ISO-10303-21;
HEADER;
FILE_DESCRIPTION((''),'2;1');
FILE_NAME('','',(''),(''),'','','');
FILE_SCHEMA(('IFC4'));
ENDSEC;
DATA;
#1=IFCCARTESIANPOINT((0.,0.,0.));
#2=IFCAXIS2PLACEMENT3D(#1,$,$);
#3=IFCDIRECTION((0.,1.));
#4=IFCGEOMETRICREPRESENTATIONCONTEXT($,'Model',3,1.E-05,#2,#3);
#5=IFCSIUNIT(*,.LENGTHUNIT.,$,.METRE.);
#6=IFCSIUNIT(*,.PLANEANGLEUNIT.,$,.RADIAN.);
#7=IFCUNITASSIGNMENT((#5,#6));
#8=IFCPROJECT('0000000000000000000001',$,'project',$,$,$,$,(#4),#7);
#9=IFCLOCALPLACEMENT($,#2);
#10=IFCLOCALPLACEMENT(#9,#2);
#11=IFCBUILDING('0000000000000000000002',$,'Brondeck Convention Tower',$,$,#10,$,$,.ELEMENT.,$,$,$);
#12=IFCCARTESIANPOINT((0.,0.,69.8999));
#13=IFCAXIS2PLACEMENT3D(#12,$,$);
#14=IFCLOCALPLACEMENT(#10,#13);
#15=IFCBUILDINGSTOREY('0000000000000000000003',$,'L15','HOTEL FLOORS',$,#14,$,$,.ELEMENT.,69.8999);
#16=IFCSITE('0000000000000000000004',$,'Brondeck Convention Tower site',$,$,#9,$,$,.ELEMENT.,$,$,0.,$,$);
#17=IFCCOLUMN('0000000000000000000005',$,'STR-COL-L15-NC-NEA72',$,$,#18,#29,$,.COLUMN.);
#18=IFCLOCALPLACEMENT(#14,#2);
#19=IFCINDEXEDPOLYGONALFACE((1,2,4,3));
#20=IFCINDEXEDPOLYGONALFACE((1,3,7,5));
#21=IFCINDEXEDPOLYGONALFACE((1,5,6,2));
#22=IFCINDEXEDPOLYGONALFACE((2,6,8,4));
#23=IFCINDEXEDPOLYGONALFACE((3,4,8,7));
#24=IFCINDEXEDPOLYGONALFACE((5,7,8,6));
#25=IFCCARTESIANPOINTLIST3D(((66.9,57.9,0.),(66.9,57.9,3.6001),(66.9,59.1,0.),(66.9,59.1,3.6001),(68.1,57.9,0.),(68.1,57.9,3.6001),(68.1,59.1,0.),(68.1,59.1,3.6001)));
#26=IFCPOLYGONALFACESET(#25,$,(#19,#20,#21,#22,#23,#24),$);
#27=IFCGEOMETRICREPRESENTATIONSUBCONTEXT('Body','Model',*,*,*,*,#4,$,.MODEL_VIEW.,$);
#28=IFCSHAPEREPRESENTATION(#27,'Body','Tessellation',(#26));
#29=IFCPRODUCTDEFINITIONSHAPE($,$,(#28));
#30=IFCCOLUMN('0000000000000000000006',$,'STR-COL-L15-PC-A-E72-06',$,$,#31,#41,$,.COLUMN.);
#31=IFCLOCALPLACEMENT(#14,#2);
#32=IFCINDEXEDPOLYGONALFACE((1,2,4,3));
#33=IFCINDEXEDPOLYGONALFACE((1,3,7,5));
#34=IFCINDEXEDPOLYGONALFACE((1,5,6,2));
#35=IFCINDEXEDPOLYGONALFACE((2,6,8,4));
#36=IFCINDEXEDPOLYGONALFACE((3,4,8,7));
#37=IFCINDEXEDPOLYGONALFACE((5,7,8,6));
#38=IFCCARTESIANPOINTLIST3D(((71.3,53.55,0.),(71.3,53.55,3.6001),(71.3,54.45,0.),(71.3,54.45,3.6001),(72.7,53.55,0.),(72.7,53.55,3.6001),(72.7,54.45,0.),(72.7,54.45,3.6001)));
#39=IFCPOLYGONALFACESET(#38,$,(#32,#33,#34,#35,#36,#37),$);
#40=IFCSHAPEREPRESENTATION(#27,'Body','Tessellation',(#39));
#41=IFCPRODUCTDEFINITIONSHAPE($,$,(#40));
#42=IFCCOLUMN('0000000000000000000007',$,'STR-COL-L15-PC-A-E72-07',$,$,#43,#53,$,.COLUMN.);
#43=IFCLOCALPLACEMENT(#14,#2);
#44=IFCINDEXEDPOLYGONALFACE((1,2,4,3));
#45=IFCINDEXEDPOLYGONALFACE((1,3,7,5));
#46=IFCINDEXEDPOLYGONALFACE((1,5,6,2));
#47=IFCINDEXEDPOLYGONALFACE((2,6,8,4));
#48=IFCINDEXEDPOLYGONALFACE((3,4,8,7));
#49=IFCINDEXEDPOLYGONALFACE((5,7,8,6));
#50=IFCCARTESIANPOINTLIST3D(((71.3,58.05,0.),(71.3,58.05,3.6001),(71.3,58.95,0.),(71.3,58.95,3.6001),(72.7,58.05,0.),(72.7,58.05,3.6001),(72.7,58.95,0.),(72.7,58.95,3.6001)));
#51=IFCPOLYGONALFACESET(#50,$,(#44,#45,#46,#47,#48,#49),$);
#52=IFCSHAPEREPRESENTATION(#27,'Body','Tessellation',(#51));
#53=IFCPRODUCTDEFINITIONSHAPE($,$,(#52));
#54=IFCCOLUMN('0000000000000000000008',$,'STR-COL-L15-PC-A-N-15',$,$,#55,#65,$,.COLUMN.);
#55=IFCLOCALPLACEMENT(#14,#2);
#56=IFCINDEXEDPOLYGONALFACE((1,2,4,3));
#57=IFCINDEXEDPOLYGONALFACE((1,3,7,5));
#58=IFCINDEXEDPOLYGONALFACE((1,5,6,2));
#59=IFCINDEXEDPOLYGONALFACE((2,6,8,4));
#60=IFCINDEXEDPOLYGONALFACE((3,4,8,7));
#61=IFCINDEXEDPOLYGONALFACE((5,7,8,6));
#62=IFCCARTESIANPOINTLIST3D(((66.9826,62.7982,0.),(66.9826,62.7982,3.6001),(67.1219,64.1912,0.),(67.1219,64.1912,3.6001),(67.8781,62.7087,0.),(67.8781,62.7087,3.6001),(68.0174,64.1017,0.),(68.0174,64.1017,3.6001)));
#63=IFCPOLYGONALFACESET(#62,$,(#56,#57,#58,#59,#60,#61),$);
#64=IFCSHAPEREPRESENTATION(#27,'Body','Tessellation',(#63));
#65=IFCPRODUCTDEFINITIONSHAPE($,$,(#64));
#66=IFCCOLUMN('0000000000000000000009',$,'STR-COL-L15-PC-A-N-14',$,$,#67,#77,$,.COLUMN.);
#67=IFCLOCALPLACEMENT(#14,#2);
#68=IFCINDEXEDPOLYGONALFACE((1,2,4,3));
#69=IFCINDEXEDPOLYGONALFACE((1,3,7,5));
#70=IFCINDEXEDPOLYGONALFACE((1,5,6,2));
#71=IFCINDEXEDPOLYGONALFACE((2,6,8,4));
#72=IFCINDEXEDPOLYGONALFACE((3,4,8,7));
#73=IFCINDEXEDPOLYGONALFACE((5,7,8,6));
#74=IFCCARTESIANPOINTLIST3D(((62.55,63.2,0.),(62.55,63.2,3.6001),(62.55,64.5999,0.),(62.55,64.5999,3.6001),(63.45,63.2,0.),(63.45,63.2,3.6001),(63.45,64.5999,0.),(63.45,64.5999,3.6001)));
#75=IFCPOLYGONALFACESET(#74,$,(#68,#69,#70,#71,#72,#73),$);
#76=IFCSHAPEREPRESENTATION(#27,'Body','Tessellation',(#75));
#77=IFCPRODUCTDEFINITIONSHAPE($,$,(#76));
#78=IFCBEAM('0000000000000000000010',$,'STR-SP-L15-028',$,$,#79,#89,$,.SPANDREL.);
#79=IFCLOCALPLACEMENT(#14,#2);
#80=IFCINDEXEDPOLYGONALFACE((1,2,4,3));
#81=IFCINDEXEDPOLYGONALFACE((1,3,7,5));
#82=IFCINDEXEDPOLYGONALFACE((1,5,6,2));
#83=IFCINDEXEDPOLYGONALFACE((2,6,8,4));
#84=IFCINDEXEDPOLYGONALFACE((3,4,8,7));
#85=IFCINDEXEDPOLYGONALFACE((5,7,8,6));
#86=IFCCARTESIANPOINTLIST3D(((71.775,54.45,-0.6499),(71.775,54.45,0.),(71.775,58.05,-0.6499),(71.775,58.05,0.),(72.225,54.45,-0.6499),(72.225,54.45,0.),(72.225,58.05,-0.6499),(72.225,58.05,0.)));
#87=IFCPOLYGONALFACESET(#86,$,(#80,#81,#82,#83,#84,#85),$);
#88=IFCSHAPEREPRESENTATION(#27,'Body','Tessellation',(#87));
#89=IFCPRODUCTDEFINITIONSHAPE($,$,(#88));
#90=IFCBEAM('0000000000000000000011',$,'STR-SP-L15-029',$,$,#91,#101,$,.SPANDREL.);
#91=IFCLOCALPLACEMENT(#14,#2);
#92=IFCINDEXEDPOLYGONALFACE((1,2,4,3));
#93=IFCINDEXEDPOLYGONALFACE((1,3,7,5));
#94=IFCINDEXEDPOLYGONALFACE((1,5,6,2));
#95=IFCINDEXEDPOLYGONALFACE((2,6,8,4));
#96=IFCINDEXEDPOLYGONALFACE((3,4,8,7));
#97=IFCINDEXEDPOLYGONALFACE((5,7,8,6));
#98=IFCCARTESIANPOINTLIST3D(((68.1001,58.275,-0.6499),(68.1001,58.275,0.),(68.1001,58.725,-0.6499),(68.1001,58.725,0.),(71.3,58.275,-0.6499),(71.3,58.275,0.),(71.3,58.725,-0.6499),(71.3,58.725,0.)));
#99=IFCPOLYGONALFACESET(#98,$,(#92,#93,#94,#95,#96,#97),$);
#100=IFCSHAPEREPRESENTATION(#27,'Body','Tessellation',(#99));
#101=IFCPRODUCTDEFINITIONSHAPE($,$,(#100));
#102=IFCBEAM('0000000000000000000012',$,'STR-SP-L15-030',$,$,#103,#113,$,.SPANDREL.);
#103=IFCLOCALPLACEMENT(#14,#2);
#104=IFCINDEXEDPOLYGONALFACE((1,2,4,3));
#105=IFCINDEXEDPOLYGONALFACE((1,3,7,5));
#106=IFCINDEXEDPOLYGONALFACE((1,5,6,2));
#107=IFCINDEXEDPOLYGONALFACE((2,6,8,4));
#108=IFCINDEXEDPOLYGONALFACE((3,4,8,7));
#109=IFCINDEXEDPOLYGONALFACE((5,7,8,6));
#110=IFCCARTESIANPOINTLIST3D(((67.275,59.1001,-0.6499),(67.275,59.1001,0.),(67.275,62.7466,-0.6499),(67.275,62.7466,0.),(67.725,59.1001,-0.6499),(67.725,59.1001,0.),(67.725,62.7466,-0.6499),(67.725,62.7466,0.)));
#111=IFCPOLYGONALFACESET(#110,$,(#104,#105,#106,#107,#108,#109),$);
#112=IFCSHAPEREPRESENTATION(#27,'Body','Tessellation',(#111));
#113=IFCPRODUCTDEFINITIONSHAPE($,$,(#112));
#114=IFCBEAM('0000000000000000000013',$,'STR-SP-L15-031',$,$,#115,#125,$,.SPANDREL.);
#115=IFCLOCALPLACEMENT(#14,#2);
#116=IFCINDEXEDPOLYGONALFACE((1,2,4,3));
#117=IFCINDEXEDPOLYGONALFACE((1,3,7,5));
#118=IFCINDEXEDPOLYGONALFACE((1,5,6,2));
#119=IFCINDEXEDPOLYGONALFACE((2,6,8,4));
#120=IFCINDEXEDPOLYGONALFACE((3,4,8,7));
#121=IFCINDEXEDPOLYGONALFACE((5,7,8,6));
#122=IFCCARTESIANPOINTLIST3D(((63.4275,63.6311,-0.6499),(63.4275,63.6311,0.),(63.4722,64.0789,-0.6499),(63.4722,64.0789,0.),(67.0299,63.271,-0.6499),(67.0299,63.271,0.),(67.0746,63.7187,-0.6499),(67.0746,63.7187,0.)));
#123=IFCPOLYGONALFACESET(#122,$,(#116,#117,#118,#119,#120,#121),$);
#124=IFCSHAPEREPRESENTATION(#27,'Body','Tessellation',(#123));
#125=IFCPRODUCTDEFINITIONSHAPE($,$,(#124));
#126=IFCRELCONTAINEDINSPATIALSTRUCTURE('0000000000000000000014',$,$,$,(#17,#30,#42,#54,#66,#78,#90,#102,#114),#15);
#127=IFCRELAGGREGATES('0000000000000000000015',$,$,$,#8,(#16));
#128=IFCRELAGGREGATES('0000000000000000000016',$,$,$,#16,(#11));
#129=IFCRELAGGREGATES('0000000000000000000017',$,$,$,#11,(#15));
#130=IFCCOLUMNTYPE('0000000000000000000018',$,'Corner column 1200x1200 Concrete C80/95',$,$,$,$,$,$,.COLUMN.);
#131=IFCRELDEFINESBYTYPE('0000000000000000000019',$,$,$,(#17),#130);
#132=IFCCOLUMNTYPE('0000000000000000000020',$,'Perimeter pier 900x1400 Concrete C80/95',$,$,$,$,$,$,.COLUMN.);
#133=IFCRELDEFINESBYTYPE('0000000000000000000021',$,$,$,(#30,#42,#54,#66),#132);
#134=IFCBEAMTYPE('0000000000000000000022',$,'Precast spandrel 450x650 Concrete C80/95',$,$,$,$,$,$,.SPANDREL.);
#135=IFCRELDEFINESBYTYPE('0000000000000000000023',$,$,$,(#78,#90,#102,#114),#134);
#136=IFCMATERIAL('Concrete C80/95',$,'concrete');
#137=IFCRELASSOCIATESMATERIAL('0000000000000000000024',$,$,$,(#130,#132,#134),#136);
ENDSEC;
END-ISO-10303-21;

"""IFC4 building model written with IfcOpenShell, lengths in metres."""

from ifc_helpers import new_model, si_unit, direction, frame, origin, origin_2d, place, context, subcontext, project, spatial, rectangle, extrude, material, material_profile, profile_set, type_object, element, save


model = new_model("IFC4")

# Units and contexts
model_context = context("Model", 3, precision=1e-05, world=origin(), true_north=direction((0.0, 1.0)))
body_context = subcontext(model_context, "Body", "Model", "MODEL_VIEW")
ifc_project = project(units=[si_unit("LENGTHUNIT", "METRE"), si_unit("PLANEANGLEUNIT", "RADIAN")], contexts=[model_context])

# Site, building, storey
site_placement = place(None, origin())
site = spatial("IfcSite", under=ifc_project, at=site_placement, Name="Brondeck Convention Tower site", CompositionType="ELEMENT", RefElevation=0.0)
building_placement = place(site_placement, origin())
building = spatial("IfcBuilding", under=site, at=building_placement, Name="Brondeck Convention Tower", CompositionType="ELEMENT")
storey_placement = place(building_placement, frame((0.0, 0.0, 69.8999)))
storey = spatial("IfcBuildingStorey", under=building, at=storey_placement, Name="L15", Description="HOTEL FLOORS", CompositionType="ELEMENT", Elevation=69.8999)

# Columns
ifc_material_1 = material(Name="Concrete C80/95", Category="concrete")
ifc_material_profile_1 = material_profile(ifc_material_1, rectangle(XDim=1.2, YDim=1.2, at=origin_2d()), Name="Corner column 1200x1200 Concrete C80/95")
ifc_profile_set_1 = profile_set([ifc_material_profile_1], Name="Concrete C80/95")
column_type_1 = type_object("IfcColumnType", Name="Corner column 1200x1200 Concrete C80/95", PredefinedType="COLUMN", material=ifc_profile_set_1)
column_placement = place(storey_placement, frame((67.5, 58.5, 0.0), z_axis=(0.0, 0.0, 1.0), x_axis=(1.0, 0.0, 0.0)))
element("IfcColumn", 1, at=column_placement, inside=storey, type_object=column_type_1, Name="STR-COL-L15-NC-NEA72", PredefinedType="COLUMN", context=body_context, shape_type="SweptSolid", body=[
    extrude(rectangle(XDim=1.2, YDim=1.2, at=origin_2d()), origin(), (0.0, 0.0, 1.0), 3.6001),
])
ifc_material_profile_2 = material_profile(ifc_material_1, rectangle(XDim=0.8999, YDim=1.3999, at=origin_2d()), Name="Perimeter pier 900x1400 Concrete C80/95")
ifc_profile_set_2 = profile_set([ifc_material_profile_2], Name="Concrete C80/95")
column_type_2 = type_object("IfcColumnType", Name="Perimeter pier 900x1400 Concrete C80/95", PredefinedType="COLUMN", material=ifc_profile_set_2)
for number, where, z_axis, x_axis, name in (
    (2, (72.0, 54.0, 0.0), (0.0, 0.0, 1.0), (0.0, 1.0, 0.0), "STR-COL-L15-PC-A-E72-06"),
    (3, (72.0, 58.5, 0.0), (0.0, 0.0, 1.0), (0.0, 1.0, 0.0), "STR-COL-L15-PC-A-E72-07"),
    (4, (67.5, 63.45, 0.0), (0.0, 0.0, 1.0), (-0.995037, 0.099504, 0.0), "STR-COL-L15-PC-A-N-15"),
    (5, (63.0, 63.8999, 0.0), (0.0, 0.0, 1.0), (-1.0, 0.0, 0.0), "STR-COL-L15-PC-A-N-14"),
):
    element("IfcColumn", number, at=place(storey_placement, frame(where, z_axis=z_axis, x_axis=x_axis)), inside=storey, type_object=column_type_2, Name=name, PredefinedType="COLUMN", context=body_context, shape_type="SweptSolid", body=[
        extrude(rectangle(XDim=0.8999, YDim=1.3999, at=origin_2d()), origin(), (0.0, 0.0, 1.0), 3.6001),
    ])

# Beams
ifc_material_profile_3 = material_profile(ifc_material_1, rectangle(XDim=0.45, YDim=0.6499, at=origin_2d()), Name="Precast spandrel 450x650 Concrete C80/95")
ifc_profile_set_3 = profile_set([ifc_material_profile_3], Name="Concrete C80/95")
beam_type = type_object("IfcBeamType", Name="Precast spandrel 450x650 Concrete C80/95", PredefinedType="SPANDREL", material=ifc_profile_set_3)
beam_1_placement = place(storey_placement, frame((72.0, 54.45, -0.325), z_axis=(0.0, 1.0, 0.0), x_axis=(-1.0, 0.0, 0.0)))
element("IfcBeam", 6, at=beam_1_placement, inside=storey, type_object=beam_type, Name="STR-SP-L15-028", PredefinedType="SPANDREL", context=body_context, shape_type="SweptSolid", body=[
    extrude(rectangle(XDim=0.45, YDim=0.6499, at=origin_2d()), origin(), (0.0, 0.0, 1.0), 3.6001),
])
beam_2_placement = place(storey_placement, frame((71.3, 58.5, -0.325), z_axis=(-1.0, 0.0, 0.0), x_axis=(0.0, -1.0, 0.0)))
element("IfcBeam", 7, at=beam_2_placement, inside=storey, type_object=beam_type, Name="STR-SP-L15-029", PredefinedType="SPANDREL", context=body_context, shape_type="SweptSolid", body=[
    extrude(rectangle(XDim=0.45, YDim=0.6499, at=origin_2d()), origin(), (0.0, 0.0, 1.0), 3.2),
])
beam_3_placement = place(storey_placement, frame((67.5, 59.1001, -0.325), z_axis=(0.0, 1.0, 0.0), x_axis=(-1.0, 0.0, 0.0)))
element("IfcBeam", 8, at=beam_3_placement, inside=storey, type_object=beam_type, Name="STR-SP-L15-030", PredefinedType="SPANDREL", context=body_context, shape_type="SweptSolid", body=[
    extrude(rectangle(XDim=0.45, YDim=0.6499, at=origin_2d()), origin(), (0.0, 0.0, 1.0), 3.6465),
])
beam_4_placement = place(storey_placement, frame((67.0522, 63.4949, -0.325), z_axis=(-0.995041, 0.09947, 0.0), x_axis=(-0.09947, -0.995041, 0.0)))
element("IfcBeam", 9, at=beam_4_placement, inside=storey, type_object=beam_type, Name="STR-SP-L15-031", PredefinedType="SPANDREL", context=body_context, shape_type="SweptSolid", body=[
    extrude(rectangle(XDim=0.45, YDim=0.6499, at=origin_2d()), origin(), (0.0, 0.0, 1.0), 3.6204),
])

save(model, "model.ifc")
